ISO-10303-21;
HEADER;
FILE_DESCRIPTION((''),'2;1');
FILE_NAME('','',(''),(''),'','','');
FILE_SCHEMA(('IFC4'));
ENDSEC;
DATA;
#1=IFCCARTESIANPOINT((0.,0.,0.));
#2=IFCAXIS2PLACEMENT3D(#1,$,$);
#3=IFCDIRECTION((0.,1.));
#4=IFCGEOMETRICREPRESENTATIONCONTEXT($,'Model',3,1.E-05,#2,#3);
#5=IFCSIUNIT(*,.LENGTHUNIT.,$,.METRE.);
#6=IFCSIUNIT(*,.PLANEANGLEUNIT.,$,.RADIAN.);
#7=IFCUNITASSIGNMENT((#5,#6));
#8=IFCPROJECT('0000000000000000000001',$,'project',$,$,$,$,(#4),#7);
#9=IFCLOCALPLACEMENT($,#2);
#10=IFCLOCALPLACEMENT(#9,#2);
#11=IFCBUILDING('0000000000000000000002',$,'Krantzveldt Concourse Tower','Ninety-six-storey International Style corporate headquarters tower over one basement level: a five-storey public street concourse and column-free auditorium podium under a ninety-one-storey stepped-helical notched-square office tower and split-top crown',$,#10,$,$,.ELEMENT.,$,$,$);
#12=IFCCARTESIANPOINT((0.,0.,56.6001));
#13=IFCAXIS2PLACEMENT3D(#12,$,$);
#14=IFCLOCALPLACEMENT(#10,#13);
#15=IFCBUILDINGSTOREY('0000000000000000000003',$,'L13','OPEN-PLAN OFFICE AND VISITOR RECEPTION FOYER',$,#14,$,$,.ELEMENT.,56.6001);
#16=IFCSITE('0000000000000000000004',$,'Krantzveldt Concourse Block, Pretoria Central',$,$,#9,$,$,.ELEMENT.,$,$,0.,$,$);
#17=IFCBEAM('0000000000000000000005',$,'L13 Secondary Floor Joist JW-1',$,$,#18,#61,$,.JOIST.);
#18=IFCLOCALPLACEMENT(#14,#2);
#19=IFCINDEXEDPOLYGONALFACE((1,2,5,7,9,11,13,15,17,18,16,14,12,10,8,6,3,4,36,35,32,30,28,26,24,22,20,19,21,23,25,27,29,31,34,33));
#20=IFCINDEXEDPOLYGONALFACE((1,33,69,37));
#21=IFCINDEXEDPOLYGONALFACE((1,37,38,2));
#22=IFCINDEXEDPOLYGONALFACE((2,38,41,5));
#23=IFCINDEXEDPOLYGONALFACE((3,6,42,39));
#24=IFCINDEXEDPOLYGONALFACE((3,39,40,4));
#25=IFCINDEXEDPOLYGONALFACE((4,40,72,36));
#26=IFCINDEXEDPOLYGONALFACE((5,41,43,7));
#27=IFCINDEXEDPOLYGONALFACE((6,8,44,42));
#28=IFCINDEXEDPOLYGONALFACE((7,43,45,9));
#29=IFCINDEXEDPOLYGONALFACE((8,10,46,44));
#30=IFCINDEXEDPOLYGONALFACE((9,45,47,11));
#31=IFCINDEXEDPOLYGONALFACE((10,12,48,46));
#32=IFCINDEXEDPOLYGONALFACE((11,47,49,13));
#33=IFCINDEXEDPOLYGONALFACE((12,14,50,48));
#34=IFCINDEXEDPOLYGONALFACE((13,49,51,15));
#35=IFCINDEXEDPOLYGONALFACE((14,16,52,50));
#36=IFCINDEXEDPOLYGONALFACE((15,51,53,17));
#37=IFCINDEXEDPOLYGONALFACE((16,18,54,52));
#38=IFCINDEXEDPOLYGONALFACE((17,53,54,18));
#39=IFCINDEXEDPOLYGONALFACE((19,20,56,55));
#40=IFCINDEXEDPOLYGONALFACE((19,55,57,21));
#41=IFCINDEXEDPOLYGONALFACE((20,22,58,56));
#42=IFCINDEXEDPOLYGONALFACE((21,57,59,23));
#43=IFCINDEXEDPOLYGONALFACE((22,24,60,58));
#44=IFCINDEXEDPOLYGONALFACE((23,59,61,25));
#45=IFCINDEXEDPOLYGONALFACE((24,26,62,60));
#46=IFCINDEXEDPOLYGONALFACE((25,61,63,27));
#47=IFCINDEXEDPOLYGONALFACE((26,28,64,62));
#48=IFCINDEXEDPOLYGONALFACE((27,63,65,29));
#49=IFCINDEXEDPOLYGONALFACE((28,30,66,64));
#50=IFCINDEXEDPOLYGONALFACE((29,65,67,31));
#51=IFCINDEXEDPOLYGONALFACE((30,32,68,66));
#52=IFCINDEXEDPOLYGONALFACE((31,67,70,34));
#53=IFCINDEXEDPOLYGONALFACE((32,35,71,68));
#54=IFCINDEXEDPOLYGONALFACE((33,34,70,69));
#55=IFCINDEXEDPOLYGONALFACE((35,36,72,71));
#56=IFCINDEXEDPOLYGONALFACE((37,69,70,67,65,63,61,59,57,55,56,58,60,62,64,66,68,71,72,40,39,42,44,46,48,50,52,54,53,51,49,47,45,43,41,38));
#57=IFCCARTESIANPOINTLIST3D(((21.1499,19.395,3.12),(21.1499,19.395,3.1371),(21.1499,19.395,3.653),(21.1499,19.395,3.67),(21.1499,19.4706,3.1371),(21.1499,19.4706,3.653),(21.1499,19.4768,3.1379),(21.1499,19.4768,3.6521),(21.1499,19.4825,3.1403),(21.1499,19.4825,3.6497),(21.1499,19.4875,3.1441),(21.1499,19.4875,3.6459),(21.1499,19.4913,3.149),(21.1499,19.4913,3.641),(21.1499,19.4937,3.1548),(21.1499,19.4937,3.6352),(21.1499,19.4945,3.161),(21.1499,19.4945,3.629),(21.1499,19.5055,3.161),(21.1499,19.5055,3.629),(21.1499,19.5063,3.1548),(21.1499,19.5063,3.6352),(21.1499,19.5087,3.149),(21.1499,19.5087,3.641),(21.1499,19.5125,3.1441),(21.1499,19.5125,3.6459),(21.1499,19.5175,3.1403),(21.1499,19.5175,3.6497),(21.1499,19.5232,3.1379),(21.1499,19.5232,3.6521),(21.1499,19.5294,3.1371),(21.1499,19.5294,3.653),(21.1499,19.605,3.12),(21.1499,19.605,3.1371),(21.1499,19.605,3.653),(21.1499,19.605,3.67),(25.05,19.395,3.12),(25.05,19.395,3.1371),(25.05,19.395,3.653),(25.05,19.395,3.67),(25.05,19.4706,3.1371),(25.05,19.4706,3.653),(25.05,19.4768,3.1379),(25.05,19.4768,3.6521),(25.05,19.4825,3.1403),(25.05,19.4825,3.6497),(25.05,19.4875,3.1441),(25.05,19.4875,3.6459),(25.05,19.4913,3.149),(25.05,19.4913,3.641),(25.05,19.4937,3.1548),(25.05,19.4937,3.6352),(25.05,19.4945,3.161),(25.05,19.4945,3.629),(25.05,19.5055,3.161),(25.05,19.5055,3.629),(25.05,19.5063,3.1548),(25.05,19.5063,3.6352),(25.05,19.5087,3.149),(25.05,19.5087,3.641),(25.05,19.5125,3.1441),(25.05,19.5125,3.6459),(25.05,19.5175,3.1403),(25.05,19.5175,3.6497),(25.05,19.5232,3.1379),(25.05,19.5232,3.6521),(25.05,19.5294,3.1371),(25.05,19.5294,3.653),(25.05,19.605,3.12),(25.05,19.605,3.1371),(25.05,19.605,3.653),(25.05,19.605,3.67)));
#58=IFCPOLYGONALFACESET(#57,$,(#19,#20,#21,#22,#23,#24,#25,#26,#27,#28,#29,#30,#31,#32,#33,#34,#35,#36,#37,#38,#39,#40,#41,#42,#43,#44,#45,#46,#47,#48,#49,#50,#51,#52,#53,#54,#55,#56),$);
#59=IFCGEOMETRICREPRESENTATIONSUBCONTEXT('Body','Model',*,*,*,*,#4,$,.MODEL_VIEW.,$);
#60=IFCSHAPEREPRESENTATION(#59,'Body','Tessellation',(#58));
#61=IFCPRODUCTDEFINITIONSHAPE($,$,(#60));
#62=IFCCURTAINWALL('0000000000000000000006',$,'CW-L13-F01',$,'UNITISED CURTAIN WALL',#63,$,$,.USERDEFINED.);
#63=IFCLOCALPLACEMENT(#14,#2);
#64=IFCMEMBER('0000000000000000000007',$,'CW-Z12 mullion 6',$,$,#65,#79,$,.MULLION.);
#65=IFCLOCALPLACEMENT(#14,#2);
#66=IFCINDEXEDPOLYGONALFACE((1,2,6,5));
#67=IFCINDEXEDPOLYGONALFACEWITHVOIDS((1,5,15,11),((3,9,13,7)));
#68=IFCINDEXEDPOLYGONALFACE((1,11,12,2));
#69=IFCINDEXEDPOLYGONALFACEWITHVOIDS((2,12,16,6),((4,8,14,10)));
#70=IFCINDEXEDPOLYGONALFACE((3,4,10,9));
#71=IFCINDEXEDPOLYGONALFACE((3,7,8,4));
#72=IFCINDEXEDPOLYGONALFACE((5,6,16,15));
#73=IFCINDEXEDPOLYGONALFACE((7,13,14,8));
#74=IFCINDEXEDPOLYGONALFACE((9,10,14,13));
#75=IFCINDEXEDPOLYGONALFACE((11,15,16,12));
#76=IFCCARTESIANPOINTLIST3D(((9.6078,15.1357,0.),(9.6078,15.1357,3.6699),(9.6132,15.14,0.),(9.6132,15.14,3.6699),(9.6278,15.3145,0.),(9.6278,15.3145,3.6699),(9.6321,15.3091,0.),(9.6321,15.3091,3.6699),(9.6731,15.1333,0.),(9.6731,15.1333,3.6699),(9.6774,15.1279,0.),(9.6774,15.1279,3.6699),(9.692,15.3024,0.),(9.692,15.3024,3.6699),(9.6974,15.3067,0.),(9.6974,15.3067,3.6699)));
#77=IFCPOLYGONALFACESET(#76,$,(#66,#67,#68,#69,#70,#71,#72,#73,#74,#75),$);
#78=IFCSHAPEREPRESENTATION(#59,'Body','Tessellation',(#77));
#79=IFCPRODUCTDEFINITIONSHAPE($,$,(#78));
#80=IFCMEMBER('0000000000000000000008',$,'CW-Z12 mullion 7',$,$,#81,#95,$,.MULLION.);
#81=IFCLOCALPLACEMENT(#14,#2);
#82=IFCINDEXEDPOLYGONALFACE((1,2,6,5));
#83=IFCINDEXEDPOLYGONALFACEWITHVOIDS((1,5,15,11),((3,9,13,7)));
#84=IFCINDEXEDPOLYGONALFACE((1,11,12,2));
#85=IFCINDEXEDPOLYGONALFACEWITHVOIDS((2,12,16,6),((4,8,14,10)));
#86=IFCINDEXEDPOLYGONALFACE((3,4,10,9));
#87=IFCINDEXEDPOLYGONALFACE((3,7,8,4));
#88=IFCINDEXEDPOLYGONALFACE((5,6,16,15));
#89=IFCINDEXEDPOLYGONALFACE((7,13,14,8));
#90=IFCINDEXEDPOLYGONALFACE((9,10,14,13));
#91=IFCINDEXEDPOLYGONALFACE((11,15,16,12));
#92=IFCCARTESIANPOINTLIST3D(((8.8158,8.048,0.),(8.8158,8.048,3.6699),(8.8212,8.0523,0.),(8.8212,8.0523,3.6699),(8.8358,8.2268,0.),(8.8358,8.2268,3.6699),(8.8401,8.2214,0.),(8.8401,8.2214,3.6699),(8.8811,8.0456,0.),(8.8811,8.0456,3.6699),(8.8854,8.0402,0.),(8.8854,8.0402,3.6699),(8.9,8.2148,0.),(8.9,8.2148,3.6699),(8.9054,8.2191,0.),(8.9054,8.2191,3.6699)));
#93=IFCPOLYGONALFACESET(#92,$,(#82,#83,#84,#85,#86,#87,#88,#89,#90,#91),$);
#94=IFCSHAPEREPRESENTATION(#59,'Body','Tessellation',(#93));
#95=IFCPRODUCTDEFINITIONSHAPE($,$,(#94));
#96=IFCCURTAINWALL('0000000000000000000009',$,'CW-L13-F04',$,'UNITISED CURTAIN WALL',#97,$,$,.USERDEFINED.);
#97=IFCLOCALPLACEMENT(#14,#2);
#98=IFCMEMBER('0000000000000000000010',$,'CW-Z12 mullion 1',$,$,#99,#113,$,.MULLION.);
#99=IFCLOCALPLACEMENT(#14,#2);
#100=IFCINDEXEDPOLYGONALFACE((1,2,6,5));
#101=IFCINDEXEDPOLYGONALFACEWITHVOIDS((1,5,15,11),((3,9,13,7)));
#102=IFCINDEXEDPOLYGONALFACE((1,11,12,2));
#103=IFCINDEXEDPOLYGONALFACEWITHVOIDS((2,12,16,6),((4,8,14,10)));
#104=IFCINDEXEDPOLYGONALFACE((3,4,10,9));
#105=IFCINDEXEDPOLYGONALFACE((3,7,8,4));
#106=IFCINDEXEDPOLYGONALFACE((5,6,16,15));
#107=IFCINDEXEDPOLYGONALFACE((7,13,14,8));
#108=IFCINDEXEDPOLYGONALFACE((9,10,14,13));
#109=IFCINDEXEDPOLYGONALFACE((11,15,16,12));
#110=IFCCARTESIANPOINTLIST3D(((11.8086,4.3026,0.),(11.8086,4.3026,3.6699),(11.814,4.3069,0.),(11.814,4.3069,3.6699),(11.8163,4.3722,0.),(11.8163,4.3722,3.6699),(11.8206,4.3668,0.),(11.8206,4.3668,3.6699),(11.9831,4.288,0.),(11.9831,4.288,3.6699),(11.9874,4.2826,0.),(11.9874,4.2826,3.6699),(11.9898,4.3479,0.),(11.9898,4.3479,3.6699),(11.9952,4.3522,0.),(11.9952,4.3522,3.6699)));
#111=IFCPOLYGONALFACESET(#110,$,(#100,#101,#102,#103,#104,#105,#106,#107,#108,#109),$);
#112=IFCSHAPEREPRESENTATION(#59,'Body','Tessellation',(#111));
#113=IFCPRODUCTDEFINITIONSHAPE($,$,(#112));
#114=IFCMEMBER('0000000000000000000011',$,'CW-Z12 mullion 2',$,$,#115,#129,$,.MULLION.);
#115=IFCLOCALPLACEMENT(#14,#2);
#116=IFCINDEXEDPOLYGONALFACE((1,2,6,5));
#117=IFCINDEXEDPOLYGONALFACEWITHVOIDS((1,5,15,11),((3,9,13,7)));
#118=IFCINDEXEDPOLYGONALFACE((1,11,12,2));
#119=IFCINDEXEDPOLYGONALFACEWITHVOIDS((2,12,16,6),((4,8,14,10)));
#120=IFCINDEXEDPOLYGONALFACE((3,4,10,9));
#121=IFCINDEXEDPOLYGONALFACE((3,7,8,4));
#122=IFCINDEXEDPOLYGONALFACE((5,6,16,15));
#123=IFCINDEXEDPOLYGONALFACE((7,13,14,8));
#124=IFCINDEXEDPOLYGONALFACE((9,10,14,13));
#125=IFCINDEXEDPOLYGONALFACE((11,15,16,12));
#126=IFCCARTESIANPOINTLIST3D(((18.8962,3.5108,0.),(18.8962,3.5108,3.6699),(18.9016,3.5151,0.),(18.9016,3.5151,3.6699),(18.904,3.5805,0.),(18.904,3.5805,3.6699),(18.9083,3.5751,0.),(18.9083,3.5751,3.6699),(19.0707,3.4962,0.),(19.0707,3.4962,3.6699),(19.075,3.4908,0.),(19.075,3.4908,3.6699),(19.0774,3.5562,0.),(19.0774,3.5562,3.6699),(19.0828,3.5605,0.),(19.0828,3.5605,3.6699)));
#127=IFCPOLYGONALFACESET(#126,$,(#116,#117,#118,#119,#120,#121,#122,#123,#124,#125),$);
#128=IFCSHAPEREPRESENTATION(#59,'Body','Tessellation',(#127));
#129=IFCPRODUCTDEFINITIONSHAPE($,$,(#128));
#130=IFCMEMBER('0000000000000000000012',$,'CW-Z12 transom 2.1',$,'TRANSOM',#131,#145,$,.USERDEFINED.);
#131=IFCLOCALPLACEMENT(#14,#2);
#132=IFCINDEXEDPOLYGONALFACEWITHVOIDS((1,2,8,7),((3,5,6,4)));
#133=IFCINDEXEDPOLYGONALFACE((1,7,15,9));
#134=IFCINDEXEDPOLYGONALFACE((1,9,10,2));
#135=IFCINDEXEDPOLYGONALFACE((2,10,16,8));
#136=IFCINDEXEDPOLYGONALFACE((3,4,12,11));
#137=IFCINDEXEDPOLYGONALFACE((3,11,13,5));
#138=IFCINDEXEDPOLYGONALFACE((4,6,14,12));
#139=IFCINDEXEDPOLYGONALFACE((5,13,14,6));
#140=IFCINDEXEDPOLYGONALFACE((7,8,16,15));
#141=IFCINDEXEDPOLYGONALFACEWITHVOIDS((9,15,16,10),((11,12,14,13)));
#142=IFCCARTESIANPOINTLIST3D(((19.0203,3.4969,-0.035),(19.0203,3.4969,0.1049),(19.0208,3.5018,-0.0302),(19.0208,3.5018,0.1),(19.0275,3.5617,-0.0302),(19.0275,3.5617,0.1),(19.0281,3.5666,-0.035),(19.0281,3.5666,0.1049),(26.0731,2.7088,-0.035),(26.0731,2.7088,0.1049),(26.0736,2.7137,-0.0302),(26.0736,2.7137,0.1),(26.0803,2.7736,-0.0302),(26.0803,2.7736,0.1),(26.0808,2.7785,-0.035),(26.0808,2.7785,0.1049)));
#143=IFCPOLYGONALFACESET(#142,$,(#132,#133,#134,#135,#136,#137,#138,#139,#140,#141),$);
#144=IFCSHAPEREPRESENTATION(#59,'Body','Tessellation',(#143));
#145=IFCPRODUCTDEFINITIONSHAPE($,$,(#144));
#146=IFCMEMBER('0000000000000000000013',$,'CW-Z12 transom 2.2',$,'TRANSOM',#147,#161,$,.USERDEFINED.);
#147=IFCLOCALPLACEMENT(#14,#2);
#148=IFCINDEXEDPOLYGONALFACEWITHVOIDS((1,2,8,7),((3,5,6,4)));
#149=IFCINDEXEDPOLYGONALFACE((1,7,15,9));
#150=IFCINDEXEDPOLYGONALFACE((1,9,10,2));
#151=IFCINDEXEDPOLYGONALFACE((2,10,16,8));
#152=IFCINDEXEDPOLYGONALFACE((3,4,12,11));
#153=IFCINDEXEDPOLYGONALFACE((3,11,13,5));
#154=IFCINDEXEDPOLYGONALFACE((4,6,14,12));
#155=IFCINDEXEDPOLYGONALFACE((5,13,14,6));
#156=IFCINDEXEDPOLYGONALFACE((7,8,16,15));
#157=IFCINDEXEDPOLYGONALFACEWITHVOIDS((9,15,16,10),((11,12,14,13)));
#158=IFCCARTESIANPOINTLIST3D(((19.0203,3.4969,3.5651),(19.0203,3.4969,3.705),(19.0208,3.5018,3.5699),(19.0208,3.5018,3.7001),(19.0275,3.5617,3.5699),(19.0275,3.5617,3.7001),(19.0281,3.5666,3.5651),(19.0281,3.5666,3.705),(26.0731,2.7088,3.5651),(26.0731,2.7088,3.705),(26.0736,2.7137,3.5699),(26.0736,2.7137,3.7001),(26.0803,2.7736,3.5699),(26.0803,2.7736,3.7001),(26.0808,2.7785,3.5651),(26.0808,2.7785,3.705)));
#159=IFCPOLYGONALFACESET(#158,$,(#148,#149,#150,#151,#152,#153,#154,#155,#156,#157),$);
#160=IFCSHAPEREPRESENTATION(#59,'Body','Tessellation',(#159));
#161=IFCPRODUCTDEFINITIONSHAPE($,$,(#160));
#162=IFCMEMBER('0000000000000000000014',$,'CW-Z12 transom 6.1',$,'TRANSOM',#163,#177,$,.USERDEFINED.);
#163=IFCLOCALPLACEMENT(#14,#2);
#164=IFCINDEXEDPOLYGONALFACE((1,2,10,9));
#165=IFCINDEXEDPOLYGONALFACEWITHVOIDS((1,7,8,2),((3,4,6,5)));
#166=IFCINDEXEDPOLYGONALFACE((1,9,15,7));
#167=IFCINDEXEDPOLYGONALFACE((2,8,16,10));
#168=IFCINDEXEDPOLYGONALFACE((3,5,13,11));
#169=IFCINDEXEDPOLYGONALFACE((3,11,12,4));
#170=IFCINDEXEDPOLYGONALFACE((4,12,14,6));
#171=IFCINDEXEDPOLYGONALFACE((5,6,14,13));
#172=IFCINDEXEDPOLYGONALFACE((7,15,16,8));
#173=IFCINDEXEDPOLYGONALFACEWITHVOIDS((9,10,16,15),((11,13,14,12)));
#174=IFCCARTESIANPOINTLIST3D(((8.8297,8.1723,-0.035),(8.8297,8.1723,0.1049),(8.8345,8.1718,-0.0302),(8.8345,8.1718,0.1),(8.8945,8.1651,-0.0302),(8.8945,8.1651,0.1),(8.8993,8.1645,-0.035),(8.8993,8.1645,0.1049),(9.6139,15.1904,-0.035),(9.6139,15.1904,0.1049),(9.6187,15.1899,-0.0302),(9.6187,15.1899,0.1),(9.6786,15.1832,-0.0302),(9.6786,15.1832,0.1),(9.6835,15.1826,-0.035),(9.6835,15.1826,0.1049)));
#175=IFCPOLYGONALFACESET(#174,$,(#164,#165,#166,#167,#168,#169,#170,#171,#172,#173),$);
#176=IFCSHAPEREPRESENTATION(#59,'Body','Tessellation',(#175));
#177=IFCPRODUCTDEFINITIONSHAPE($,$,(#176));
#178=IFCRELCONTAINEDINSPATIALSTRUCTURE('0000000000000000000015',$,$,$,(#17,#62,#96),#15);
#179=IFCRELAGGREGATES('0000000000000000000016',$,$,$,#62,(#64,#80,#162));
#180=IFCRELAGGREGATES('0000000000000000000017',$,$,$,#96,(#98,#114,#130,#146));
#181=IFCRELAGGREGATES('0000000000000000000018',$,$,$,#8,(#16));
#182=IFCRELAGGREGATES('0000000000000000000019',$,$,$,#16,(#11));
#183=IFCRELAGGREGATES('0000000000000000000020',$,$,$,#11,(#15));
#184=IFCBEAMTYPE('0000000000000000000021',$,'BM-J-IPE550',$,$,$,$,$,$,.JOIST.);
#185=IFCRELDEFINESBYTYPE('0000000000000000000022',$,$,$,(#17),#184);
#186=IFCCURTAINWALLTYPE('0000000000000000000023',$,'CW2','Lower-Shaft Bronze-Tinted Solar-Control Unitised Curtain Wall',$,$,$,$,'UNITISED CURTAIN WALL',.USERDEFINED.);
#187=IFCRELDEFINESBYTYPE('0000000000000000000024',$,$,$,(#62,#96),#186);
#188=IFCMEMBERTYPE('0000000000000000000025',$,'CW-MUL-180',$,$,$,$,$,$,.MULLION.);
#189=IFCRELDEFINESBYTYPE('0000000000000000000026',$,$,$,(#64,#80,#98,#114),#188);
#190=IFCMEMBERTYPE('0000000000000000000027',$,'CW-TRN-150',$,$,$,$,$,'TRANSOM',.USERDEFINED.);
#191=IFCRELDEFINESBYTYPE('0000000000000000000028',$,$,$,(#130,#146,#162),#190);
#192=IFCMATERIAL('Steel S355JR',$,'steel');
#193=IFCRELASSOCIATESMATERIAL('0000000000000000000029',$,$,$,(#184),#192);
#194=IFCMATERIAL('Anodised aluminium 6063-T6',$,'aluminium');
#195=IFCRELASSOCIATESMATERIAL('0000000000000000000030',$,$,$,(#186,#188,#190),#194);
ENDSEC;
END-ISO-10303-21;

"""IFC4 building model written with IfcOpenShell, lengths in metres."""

from ifc_helpers import new_model, si_unit, direction, frame, origin, origin_2d, place, context, subcontext, project, spatial, hollow_rectangle, i_section, extrude, source, transform, mapped, material, material_profile, profile_set, type_object, type_shapes, element, aggregate, save


model = new_model("IFC4")

# Units and contexts
model_context = context("Model", 3, precision=1e-05, world=origin(), true_north=direction((0.0, 1.0)))
body_context = subcontext(model_context, "Body", "Model", "MODEL_VIEW")
ifc_project = project(units=[si_unit("LENGTHUNIT", "METRE"), si_unit("PLANEANGLEUNIT", "RADIAN")], contexts=[model_context])

# Site, building, storey
site_placement = place(None, origin())
site = spatial("IfcSite", under=ifc_project, at=site_placement, Name="Krantzveldt Concourse Block, Pretoria Central", CompositionType="ELEMENT", RefElevation=0.0)
building_placement = place(site_placement, origin())
building = spatial("IfcBuilding", under=site, at=building_placement, Name="Krantzveldt Concourse Tower", Description="Ninety-six-storey International Style corporate headquarters tower over one basement level: a five-storey public street concourse and column-free auditorium podium under a ninety-one-storey stepped-helical notched-square office tower and split-top crown", CompositionType="ELEMENT")
storey_placement = place(building_placement, frame((0.0, 0.0, 56.6001)))
storey = spatial("IfcBuildingStorey", under=building, at=storey_placement, Name="L13", Description="OPEN-PLAN OFFICE AND VISITOR RECEPTION FOYER", CompositionType="ELEMENT", Elevation=56.6001)

# Beam
ifc_material_1 = material(Name="Steel S355JR", Category="steel")
ifc_material_profile_1 = material_profile(ifc_material_1, i_section(OverallWidth=0.21, OverallDepth=0.55, WebThickness=0.011, FlangeThickness=0.0171, FilletRadius=0.0239, at=origin_2d()), Name="Steel S355JR", Category="steel")
ifc_profile_set_1 = profile_set([ifc_material_profile_1], Name="Steel S355JR - IPE 550")
beam_type_1 = type_object("IfcBeamType", Name="BM-J-IPE550", PredefinedType="JOIST", material=ifc_profile_set_1)
shared_shape_1 = source(origin(), body_context, "Body", "SweptSolid", [
    extrude(i_section(OverallWidth=0.21, OverallDepth=0.55, WebThickness=0.011, FlangeThickness=0.0171, FilletRadius=0.0239, at=origin_2d()), origin(), (0.0, 0.0, 1.0), 3.9001),
])
type_shapes(beam_type_1, [shared_shape_1])
beam_1_placement = place(storey_placement, frame((21.1499, 19.5, 3.395), z_axis=(1.0, 0.0, 0.0), x_axis=(0.0, 1.0, 0.0)))
element("IfcBeam", 1, at=beam_1_placement, inside=storey, type_object=beam_type_1, Name="L13 Secondary Floor Joist JW-1", PredefinedType="JOIST", context=body_context, shape_type="MappedRepresentation", body=[
    mapped(shared_shape_1, transform((0.0, 0.0, 0.0), x_axis=(1.0, 0.0, 0.0), y_axis=(0.0, 1.0, 0.0), z_axis=(0.0, 0.0, 1.0), scale=1.0)),
])

# Curtain walls, members
ifc_material_2 = material(Name="Anodised aluminium 6063-T6", Category="aluminium")
curtain_wall_type = type_object("IfcCurtainWallType", Name="CW2", Description="Lower-Shaft Bronze-Tinted Solar-Control Unitised Curtain Wall", ElementType="UNITISED CURTAIN WALL", PredefinedType="USERDEFINED", material=ifc_material_2)
curtain_wall_1_placement = place(storey_placement, origin())
curtain_wall_1 = element("IfcCurtainWall", 2, at=curtain_wall_1_placement, inside=storey, type_object=curtain_wall_type, Name="CW-L13-F01", ObjectType="UNITISED CURTAIN WALL", PredefinedType="USERDEFINED")
ifc_material_profile_2 = material_profile(ifc_material_2, hollow_rectangle(XDim=0.0701, YDim=0.1799, WallThickness=0.0049, at=origin_2d()), Name="Anodised aluminium 6063-T6", Category="aluminium")
ifc_profile_set_2 = profile_set([ifc_material_profile_2], Name="Anodised aluminium 6063-T6 - ALU-MULL 180x70x5")
member_type_1 = type_object("IfcMemberType", Name="CW-MUL-180", PredefinedType="MULLION", material=ifc_profile_set_2)
shared_shape_2 = source(origin(), body_context, "Body", "SweptSolid", [
    extrude(hollow_rectangle(XDim=0.0701, YDim=0.1799, WallThickness=0.0049, at=origin_2d()), origin(), (0.0, 0.0, 1.0), 3.6699),
])
type_shapes(member_type_1, [shared_shape_2])
member_1_placement = place(storey_placement, frame((9.6526, 15.2212, 0.0), z_axis=(0.0, 0.0, 1.0), x_axis=(0.993816, -0.111035, 0.0)))
member_1 = element("IfcMember", 3, at=member_1_placement, type_object=member_type_1, Name="CW-Z12 mullion 6", PredefinedType="MULLION", context=body_context, shape_type="MappedRepresentation", body=[
    mapped(shared_shape_2, transform((0.0, 0.0, 0.0), x_axis=(1.0, 0.0, 0.0), y_axis=(0.0, 1.0, 0.0), z_axis=(0.0, 0.0, 1.0), scale=1.0)),
])
member_2_placement = place(storey_placement, frame((8.8606, 8.1335, 0.0), z_axis=(0.0, 0.0, 1.0), x_axis=(0.993816, -0.111035, 0.0)))
member_2 = element("IfcMember", 4, at=member_2_placement, type_object=member_type_1, Name="CW-Z12 mullion 7", PredefinedType="MULLION", context=body_context, shape_type="MappedRepresentation", body=[
    mapped(shared_shape_2, transform((0.0, 0.0, 0.0), x_axis=(1.0, 0.0, 0.0), y_axis=(0.0, 1.0, 0.0), z_axis=(0.0, 0.0, 1.0), scale=1.0)),
])
curtain_wall_2_placement = place(storey_placement, origin())
curtain_wall_2 = element("IfcCurtainWall", 5, at=curtain_wall_2_placement, inside=storey, type_object=curtain_wall_type, Name="CW-L13-F04", ObjectType="UNITISED CURTAIN WALL", PredefinedType="USERDEFINED")
member_3_placement = place(storey_placement, frame((11.9019, 4.3274, 0.0), z_axis=(0.0, 0.0, 1.0), x_axis=(0.111035, 0.993816, 0.0)))
member_3 = element("IfcMember", 6, at=member_3_placement, type_object=member_type_1, Name="CW-Z12 mullion 1", PredefinedType="MULLION", context=body_context, shape_type="MappedRepresentation", body=[
    mapped(shared_shape_2, transform((0.0, 0.0, 0.0), x_axis=(1.0, 0.0, 0.0), y_axis=(0.0, 1.0, 0.0), z_axis=(0.0, 0.0, 1.0), scale=1.0)),
])
member_4_placement = place(storey_placement, frame((18.9895, 3.5356, 0.0), z_axis=(0.0, 0.0, 1.0), x_axis=(0.111035, 0.993816, 0.0)))
member_4 = element("IfcMember", 7, at=member_4_placement, type_object=member_type_1, Name="CW-Z12 mullion 2", PredefinedType="MULLION", context=body_context, shape_type="MappedRepresentation", body=[
    mapped(shared_shape_2, transform((0.0, 0.0, 0.0), x_axis=(1.0, 0.0, 0.0), y_axis=(0.0, 1.0, 0.0), z_axis=(0.0, 0.0, 1.0), scale=1.0)),
])
ifc_material_profile_3 = material_profile(ifc_material_2, hollow_rectangle(XDim=0.0701, YDim=0.1399, WallThickness=0.0049, at=origin_2d()), Name="Anodised aluminium 6063-T6", Category="aluminium")
ifc_profile_set_3 = profile_set([ifc_material_profile_3], Name="Anodised aluminium 6063-T6 - ALU-TRAN 140x70x5")
member_type_2 = type_object("IfcMemberType", Name="CW-TRN-150", ElementType="TRANSOM", PredefinedType="USERDEFINED", material=ifc_profile_set_3)
shared_shape_3 = source(origin(), body_context, "Body", "SweptSolid", [
    extrude(hollow_rectangle(XDim=0.0701, YDim=0.1399, WallThickness=0.0049, at=origin_2d()), origin(), (0.0, 0.0, 1.0), 7.0967),
])
member_5_placement = place(storey_placement, frame((19.0242, 3.5317, 0.0349), z_axis=(0.993815, -0.111051, 0.0), x_axis=(0.111051, 0.993815, 0.0)))
member_5 = element("IfcMember", 8, at=member_5_placement, type_object=member_type_2, Name="CW-Z12 transom 2.1", ObjectType="TRANSOM", PredefinedType="USERDEFINED", context=body_context, shape_type="MappedRepresentation", body=[
    mapped(shared_shape_3, transform((0.0, 0.0, 0.0), x_axis=(1.0, 0.0, 0.0), y_axis=(0.0, 1.0, 0.0), z_axis=(0.0, 0.0, 1.0), scale=1.0)),
])
member_6_placement = place(storey_placement, frame((19.0242, 3.5317, 3.635), z_axis=(0.993815, -0.111051, 0.0), x_axis=(0.111051, 0.993815, 0.0)))
member_6 = element("IfcMember", 9, at=member_6_placement, type_object=member_type_2, Name="CW-Z12 transom 2.2", ObjectType="TRANSOM", PredefinedType="USERDEFINED", context=body_context, shape_type="MappedRepresentation", body=[
    mapped(shared_shape_3, transform((0.0, 0.0, 0.0), x_axis=(1.0, 0.0, 0.0), y_axis=(0.0, 1.0, 0.0), z_axis=(0.0, 0.0, 1.0), scale=1.0)),
])

# Member
shared_shape_4 = source(origin(), body_context, "Body", "SweptSolid", [
    extrude(hollow_rectangle(XDim=0.0701, YDim=0.1399, WallThickness=0.0049, at=origin_2d()), origin(), (0.0, 0.0, 1.0), 7.0618),
])
type_shapes(member_type_2, [shared_shape_3, shared_shape_4])
member_7_placement = place(storey_placement, frame((9.6487, 15.1865, 0.0349), z_axis=(-0.111046, -0.993815, 0.0), x_axis=(0.993815, -0.111046, 0.0)))
member_7 = element("IfcMember", 10, at=member_7_placement, type_object=member_type_2, Name="CW-Z12 transom 6.1", ObjectType="TRANSOM", PredefinedType="USERDEFINED", context=body_context, shape_type="MappedRepresentation", body=[
    mapped(shared_shape_4, transform((0.0, 0.0, 0.0), x_axis=(1.0, 0.0, 0.0), y_axis=(0.0, 1.0, 0.0), z_axis=(0.0, 0.0, 1.0), scale=1.0)),
])

aggregate(curtain_wall_1, [member_1, member_2, member_7])
aggregate(curtain_wall_2, [member_3, member_4, member_5, member_6])

save(model, "model.ifc")
